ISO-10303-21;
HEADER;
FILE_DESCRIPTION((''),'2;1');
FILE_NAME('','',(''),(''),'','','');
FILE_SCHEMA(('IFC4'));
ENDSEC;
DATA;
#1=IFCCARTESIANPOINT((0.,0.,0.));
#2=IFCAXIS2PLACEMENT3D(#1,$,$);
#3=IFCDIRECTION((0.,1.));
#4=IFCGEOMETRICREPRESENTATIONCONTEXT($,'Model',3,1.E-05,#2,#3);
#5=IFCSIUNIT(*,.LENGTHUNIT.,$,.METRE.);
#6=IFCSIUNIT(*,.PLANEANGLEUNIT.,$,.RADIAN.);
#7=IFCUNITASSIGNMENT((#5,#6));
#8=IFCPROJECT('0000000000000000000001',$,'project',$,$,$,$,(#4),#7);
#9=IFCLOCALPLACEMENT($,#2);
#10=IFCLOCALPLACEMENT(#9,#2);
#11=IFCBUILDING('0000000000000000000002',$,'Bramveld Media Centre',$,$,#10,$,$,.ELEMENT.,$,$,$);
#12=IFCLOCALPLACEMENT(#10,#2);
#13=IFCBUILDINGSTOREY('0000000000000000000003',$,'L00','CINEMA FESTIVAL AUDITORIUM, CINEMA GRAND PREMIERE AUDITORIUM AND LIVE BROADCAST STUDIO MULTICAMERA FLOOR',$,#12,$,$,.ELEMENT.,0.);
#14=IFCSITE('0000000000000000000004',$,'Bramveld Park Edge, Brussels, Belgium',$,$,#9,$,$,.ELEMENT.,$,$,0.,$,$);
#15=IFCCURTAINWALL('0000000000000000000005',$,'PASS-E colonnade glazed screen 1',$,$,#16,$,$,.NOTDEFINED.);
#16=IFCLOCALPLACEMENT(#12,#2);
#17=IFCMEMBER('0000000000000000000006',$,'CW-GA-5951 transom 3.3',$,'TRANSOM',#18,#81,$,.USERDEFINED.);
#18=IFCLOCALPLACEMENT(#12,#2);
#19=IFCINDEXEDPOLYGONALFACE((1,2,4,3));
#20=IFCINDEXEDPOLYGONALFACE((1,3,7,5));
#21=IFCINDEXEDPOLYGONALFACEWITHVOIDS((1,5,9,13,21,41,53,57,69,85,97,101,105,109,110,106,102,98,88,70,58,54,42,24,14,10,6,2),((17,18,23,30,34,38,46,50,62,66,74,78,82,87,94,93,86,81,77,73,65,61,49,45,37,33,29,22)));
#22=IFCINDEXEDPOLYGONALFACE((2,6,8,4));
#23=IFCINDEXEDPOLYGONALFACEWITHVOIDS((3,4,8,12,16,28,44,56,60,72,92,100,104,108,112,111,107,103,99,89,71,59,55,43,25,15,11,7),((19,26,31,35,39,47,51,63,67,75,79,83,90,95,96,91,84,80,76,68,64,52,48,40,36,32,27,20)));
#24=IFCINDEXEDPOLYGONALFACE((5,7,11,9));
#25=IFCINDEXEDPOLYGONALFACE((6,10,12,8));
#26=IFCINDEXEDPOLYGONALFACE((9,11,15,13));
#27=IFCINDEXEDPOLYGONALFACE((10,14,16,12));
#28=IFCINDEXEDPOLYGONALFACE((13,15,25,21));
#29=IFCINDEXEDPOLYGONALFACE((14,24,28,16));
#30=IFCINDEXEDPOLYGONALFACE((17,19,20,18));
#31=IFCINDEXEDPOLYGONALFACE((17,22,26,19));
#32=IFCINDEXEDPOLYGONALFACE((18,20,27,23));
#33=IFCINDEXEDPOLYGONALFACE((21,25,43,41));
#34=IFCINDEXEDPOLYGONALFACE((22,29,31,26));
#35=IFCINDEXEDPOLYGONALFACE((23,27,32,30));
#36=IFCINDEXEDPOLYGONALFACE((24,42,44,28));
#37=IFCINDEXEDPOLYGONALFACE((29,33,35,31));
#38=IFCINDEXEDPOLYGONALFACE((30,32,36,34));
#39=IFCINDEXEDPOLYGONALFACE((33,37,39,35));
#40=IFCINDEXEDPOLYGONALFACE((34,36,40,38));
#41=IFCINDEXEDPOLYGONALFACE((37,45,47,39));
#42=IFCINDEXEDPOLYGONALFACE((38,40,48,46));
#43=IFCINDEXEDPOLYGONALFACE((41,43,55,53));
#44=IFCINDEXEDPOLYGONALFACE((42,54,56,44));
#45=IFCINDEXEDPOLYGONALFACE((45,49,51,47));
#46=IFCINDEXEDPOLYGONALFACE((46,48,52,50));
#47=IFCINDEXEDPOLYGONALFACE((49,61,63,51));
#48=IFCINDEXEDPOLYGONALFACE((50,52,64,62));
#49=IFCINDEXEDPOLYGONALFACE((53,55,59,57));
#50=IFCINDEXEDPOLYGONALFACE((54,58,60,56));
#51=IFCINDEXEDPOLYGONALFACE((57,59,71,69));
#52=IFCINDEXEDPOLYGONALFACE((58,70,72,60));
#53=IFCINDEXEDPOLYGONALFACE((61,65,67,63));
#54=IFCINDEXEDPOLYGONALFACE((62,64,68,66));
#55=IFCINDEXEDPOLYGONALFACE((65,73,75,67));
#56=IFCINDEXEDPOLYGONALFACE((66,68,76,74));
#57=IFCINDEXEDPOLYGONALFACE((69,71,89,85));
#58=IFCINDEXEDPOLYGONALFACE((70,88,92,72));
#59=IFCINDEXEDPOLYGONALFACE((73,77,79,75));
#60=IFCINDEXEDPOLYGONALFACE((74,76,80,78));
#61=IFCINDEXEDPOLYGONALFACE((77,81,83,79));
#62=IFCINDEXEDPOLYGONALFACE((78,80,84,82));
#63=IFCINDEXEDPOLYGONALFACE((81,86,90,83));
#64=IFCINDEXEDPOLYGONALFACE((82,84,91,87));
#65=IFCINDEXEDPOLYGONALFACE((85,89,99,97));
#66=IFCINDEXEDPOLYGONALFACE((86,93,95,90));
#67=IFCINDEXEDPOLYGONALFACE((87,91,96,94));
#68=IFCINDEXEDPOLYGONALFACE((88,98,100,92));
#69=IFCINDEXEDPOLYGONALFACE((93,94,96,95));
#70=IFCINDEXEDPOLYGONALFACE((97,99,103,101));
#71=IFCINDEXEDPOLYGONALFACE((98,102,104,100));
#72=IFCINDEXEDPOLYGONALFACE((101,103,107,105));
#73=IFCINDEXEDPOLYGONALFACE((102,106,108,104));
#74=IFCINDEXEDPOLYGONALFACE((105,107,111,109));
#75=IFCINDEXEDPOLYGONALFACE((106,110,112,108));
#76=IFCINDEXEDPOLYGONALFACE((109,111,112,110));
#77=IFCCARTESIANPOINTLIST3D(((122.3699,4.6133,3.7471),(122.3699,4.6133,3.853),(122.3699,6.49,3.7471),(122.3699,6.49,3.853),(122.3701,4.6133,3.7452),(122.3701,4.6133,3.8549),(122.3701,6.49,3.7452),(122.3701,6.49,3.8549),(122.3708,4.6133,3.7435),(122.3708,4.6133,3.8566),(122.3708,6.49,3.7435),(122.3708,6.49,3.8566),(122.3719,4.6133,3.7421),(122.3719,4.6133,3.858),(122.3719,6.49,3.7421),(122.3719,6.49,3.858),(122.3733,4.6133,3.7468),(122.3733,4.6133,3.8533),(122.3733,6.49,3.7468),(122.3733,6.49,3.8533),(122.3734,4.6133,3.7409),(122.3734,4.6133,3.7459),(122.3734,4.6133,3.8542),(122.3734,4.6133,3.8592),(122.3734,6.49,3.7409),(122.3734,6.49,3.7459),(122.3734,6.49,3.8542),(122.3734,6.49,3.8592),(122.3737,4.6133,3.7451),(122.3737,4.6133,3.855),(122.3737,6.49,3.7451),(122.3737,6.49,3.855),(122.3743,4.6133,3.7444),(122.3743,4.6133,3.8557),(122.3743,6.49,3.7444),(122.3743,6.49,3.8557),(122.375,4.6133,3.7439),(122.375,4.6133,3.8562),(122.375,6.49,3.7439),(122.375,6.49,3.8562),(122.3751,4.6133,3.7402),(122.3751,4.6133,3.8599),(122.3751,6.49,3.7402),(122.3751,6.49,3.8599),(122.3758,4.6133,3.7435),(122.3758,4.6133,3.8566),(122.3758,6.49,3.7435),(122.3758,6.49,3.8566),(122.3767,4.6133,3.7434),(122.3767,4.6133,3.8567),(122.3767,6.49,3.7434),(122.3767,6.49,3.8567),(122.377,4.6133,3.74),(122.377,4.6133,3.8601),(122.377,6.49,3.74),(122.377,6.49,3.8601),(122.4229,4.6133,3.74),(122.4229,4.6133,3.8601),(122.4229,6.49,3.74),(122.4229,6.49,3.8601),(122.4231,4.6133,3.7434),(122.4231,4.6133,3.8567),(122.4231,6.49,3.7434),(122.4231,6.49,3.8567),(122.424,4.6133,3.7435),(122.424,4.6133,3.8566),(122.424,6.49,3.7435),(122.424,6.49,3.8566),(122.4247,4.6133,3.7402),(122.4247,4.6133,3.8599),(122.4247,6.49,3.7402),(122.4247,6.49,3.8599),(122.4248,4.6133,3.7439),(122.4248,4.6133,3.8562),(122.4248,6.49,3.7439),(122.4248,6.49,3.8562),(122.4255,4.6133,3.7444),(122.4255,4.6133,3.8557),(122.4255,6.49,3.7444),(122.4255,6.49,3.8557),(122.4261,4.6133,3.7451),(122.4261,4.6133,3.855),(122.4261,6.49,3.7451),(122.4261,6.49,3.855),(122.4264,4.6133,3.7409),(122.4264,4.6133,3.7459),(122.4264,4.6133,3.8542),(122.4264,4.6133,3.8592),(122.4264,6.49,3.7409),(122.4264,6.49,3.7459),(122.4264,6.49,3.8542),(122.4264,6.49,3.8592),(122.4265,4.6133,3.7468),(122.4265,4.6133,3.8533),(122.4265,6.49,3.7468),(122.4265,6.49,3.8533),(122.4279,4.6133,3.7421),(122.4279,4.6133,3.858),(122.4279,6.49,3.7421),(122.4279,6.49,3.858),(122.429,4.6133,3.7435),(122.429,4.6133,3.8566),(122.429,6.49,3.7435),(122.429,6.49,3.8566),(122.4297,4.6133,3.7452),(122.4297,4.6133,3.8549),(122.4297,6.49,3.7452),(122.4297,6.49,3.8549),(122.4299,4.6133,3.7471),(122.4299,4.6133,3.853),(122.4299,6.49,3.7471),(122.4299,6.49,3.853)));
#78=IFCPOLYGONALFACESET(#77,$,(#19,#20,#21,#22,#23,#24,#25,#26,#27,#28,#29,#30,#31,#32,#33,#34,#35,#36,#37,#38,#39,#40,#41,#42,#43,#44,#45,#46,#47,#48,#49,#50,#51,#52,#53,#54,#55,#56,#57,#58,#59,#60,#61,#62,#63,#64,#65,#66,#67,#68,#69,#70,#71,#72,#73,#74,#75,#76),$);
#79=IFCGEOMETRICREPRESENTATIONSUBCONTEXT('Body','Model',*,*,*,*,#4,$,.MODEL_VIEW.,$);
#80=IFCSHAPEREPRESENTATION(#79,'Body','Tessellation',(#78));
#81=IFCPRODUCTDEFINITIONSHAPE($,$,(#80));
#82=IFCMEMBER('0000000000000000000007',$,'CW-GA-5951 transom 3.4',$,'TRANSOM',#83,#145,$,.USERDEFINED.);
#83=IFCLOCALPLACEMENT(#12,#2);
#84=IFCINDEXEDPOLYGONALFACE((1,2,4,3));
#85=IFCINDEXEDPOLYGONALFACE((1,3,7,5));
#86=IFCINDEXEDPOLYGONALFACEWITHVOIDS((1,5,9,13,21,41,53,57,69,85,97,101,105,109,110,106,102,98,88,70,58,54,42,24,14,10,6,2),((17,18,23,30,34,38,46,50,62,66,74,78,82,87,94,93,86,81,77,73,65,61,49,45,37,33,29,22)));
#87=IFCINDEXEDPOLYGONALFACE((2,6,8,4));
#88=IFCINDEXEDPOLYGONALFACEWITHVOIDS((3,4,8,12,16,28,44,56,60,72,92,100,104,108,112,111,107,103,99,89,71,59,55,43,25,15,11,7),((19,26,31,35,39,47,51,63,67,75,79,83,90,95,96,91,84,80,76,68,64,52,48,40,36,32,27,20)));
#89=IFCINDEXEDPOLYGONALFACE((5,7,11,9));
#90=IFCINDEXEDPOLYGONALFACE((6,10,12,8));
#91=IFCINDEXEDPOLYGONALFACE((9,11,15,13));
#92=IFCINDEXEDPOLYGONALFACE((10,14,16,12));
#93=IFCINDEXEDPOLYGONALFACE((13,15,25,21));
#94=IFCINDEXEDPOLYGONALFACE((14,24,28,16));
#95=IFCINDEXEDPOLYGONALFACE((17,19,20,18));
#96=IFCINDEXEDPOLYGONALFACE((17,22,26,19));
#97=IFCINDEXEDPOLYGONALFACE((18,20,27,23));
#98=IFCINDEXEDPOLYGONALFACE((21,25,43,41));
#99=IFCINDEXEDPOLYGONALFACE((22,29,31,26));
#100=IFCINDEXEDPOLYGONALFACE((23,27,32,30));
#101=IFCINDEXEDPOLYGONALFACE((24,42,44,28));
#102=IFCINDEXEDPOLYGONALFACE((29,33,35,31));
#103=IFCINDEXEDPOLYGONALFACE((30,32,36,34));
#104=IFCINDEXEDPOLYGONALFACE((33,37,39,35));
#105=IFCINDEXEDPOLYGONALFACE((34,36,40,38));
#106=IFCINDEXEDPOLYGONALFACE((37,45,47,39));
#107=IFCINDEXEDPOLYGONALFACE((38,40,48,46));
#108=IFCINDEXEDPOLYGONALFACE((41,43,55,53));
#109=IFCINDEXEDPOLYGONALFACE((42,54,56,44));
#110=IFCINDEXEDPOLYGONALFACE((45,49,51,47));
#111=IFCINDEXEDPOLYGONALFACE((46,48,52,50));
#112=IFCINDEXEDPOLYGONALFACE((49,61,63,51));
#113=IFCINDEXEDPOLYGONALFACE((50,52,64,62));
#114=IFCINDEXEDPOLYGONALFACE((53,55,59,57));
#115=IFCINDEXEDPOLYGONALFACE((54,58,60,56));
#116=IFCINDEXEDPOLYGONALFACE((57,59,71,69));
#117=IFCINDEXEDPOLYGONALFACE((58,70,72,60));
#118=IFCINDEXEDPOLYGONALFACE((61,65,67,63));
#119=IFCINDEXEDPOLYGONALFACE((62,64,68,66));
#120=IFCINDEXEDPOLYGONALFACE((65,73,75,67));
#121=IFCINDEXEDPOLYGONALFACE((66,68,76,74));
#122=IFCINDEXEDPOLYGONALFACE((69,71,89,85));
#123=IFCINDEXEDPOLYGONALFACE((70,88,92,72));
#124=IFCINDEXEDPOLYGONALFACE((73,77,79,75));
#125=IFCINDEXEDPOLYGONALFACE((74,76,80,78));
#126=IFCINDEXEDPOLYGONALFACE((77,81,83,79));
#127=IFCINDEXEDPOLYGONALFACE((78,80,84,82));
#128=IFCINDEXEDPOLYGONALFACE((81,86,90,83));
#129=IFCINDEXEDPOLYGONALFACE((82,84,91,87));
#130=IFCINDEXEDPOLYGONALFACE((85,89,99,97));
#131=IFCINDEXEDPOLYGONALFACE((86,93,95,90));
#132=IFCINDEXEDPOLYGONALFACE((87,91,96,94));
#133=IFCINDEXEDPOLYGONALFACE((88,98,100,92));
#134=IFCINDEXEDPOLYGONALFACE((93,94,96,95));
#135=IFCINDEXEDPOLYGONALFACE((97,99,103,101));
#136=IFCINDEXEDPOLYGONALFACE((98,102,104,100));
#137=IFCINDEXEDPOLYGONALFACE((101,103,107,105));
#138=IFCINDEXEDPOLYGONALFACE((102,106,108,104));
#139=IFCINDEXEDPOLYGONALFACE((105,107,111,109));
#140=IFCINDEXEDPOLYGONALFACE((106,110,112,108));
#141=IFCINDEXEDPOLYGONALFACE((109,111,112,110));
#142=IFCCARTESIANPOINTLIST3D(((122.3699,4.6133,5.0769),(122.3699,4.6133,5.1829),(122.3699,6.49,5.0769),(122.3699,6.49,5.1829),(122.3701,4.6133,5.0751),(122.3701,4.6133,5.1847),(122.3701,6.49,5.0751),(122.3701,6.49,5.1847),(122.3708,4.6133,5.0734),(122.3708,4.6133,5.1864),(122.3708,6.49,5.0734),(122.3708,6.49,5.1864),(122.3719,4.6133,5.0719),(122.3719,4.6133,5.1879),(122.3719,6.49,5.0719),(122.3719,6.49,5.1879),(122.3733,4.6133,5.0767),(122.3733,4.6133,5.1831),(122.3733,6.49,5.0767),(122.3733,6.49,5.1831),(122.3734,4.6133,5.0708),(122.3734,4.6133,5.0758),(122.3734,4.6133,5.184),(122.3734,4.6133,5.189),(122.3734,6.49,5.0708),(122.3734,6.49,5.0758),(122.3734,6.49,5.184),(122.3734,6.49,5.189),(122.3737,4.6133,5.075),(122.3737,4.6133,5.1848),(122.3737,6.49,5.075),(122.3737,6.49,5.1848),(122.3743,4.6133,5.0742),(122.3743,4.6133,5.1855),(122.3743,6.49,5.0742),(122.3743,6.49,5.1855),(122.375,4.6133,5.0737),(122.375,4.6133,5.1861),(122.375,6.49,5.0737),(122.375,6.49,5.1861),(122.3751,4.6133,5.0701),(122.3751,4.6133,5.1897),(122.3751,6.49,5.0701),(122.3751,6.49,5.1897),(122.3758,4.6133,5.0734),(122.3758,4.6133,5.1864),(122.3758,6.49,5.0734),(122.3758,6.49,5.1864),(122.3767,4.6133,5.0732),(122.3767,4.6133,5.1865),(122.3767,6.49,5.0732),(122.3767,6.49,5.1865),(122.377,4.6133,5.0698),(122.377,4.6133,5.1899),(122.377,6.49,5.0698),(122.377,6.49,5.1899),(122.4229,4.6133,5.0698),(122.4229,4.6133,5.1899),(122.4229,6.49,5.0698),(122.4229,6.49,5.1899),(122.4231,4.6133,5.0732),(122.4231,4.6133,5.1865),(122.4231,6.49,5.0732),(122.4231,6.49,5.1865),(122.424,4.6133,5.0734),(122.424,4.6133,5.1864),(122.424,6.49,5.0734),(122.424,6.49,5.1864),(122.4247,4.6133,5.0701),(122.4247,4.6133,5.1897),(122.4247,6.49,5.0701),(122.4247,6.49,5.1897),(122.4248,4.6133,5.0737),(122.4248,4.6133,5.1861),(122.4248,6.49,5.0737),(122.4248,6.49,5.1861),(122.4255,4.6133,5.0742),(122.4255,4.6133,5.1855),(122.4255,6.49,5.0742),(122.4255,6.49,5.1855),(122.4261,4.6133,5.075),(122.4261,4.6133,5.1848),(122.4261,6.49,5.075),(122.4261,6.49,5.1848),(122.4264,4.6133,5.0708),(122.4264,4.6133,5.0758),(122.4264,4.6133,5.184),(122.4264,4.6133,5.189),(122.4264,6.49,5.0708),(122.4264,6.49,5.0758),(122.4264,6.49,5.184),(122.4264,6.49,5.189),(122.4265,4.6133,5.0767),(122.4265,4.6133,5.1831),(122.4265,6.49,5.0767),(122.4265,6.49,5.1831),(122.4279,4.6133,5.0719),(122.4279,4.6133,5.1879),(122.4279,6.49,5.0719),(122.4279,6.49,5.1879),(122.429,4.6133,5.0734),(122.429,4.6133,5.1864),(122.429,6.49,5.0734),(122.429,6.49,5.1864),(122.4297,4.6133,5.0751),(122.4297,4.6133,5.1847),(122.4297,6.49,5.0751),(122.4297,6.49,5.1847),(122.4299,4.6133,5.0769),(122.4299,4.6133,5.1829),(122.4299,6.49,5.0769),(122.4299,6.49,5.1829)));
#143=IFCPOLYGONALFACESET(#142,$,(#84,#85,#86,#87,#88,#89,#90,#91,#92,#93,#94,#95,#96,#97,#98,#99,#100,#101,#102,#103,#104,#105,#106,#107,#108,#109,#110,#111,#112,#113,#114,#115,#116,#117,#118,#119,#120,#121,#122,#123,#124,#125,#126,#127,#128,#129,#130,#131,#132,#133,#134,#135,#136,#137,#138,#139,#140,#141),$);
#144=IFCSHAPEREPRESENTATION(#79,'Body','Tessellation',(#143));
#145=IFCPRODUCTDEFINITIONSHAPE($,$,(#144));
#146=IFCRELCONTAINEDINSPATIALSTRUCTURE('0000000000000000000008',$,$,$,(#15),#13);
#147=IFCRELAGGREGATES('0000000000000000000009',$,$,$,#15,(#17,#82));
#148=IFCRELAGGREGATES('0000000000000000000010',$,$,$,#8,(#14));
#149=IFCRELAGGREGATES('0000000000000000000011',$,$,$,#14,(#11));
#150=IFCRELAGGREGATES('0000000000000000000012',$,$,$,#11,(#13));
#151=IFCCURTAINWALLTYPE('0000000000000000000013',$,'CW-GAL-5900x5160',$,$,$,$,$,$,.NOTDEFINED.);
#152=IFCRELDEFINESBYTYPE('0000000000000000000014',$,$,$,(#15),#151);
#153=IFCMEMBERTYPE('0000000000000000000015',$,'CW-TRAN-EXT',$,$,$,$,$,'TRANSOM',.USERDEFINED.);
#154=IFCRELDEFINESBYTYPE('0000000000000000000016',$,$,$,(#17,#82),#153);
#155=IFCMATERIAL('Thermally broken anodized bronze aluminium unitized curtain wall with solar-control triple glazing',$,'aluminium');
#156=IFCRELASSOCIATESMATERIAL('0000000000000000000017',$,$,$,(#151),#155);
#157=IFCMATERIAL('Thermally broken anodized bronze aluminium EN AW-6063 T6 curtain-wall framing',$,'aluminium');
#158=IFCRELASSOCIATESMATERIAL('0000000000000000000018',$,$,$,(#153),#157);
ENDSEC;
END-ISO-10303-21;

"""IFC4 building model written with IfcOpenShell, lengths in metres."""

from ifc_helpers import new_model, si_unit, direction, frame, origin, origin_2d, place, context, subcontext, project, spatial, hollow_rectangle, extrude, material, material_profile, profile_set, type_object, element, aggregate, save


model = new_model("IFC4")

# Units and contexts
model_context = context("Model", 3, precision=1e-05, world=origin(), true_north=direction((0.0, 1.0)))
body_context = subcontext(model_context, "Body", "Model", "MODEL_VIEW")
ifc_project = project(units=[si_unit("LENGTHUNIT", "METRE"), si_unit("PLANEANGLEUNIT", "RADIAN")], contexts=[model_context])

# Site, building, storey
site_placement = place(None, origin())
site = spatial("IfcSite", under=ifc_project, at=site_placement, Name="Bramveld Park Edge, Brussels, Belgium", CompositionType="ELEMENT", RefElevation=0.0)
building_placement = place(site_placement, origin())
building = spatial("IfcBuilding", under=site, at=building_placement, Name="Bramveld Media Centre", CompositionType="ELEMENT")
storey_placement = place(building_placement, origin())
storey = spatial("IfcBuildingStorey", under=building, at=storey_placement, Name="L00", Description="CINEMA FESTIVAL AUDITORIUM, CINEMA GRAND PREMIERE AUDITORIUM AND LIVE BROADCAST STUDIO MULTICAMERA FLOOR", CompositionType="ELEMENT", Elevation=0.0)

# Curtain wall
ifc_material_1 = material(Name="Thermally broken anodized bronze aluminium unitized curtain wall with solar-control triple glazing", Category="aluminium")
curtain_wall_type = type_object("IfcCurtainWallType", Name="CW-GAL-5900x5160", PredefinedType="NOTDEFINED", material=ifc_material_1)
curtain_wall_1_placement = place(storey_placement, origin())
curtain_wall_1 = element("IfcCurtainWall", 1, at=curtain_wall_1_placement, inside=storey, type_object=curtain_wall_type, Name="PASS-E colonnade glazed screen 1", PredefinedType="NOTDEFINED")

# Members
ifc_material_2 = material(Name="Thermally broken anodized bronze aluminium EN AW-6063 T6 curtain-wall framing", Category="aluminium")
ifc_material_profile_1 = material_profile(ifc_material_2, hollow_rectangle(XDim=0.0601, YDim=0.1201, WallThickness=0.0034, InnerFilletRadius=0.0034, OuterFilletRadius=0.0071, at=origin_2d()), Name="AL-TRAN 60x120")
ifc_profile_set_1 = profile_set([ifc_material_profile_1], Name="Thermally broken anodized bronze aluminium EN AW-6063 T6 curtain-wall framing")
member_type_1 = type_object("IfcMemberType", Name="CW-TRAN-EXT", ElementType="TRANSOM", PredefinedType="USERDEFINED", material=ifc_profile_set_1)
member_1_placement = place(storey_placement, frame((122.3999, 4.6133, 3.8), z_axis=(0.0, 1.0, 0.0), x_axis=(-1.0, 0.0, 0.0)))
member_1 = element("IfcMember", 2, at=member_1_placement, type_object=member_type_1, Name="CW-GA-5951 transom 3.3", ObjectType="TRANSOM", PredefinedType="USERDEFINED", context=body_context, shape_type="SweptSolid", body=[
    extrude(hollow_rectangle(XDim=0.0601, YDim=0.1201, WallThickness=0.0034, InnerFilletRadius=0.0034, OuterFilletRadius=0.0071, at=origin_2d()), origin(), (0.0, 0.0, 1.0), 1.8767),
])
member_2_placement = place(storey_placement, frame((122.3999, 4.6133, 5.1299), z_axis=(0.0, 1.0, 0.0), x_axis=(-1.0, 0.0, 0.0)))
member_2 = element("IfcMember", 3, at=member_2_placement, type_object=member_type_1, Name="CW-GA-5951 transom 3.4", ObjectType="TRANSOM", PredefinedType="USERDEFINED", context=body_context, shape_type="SweptSolid", body=[
    extrude(hollow_rectangle(XDim=0.0601, YDim=0.1201, WallThickness=0.0034, InnerFilletRadius=0.0034, OuterFilletRadius=0.0071, at=origin_2d()), origin(), (0.0, 0.0, 1.0), 1.8767),
])

aggregate(curtain_wall_1, [member_1, member_2])

save(model, "model.ifc")
